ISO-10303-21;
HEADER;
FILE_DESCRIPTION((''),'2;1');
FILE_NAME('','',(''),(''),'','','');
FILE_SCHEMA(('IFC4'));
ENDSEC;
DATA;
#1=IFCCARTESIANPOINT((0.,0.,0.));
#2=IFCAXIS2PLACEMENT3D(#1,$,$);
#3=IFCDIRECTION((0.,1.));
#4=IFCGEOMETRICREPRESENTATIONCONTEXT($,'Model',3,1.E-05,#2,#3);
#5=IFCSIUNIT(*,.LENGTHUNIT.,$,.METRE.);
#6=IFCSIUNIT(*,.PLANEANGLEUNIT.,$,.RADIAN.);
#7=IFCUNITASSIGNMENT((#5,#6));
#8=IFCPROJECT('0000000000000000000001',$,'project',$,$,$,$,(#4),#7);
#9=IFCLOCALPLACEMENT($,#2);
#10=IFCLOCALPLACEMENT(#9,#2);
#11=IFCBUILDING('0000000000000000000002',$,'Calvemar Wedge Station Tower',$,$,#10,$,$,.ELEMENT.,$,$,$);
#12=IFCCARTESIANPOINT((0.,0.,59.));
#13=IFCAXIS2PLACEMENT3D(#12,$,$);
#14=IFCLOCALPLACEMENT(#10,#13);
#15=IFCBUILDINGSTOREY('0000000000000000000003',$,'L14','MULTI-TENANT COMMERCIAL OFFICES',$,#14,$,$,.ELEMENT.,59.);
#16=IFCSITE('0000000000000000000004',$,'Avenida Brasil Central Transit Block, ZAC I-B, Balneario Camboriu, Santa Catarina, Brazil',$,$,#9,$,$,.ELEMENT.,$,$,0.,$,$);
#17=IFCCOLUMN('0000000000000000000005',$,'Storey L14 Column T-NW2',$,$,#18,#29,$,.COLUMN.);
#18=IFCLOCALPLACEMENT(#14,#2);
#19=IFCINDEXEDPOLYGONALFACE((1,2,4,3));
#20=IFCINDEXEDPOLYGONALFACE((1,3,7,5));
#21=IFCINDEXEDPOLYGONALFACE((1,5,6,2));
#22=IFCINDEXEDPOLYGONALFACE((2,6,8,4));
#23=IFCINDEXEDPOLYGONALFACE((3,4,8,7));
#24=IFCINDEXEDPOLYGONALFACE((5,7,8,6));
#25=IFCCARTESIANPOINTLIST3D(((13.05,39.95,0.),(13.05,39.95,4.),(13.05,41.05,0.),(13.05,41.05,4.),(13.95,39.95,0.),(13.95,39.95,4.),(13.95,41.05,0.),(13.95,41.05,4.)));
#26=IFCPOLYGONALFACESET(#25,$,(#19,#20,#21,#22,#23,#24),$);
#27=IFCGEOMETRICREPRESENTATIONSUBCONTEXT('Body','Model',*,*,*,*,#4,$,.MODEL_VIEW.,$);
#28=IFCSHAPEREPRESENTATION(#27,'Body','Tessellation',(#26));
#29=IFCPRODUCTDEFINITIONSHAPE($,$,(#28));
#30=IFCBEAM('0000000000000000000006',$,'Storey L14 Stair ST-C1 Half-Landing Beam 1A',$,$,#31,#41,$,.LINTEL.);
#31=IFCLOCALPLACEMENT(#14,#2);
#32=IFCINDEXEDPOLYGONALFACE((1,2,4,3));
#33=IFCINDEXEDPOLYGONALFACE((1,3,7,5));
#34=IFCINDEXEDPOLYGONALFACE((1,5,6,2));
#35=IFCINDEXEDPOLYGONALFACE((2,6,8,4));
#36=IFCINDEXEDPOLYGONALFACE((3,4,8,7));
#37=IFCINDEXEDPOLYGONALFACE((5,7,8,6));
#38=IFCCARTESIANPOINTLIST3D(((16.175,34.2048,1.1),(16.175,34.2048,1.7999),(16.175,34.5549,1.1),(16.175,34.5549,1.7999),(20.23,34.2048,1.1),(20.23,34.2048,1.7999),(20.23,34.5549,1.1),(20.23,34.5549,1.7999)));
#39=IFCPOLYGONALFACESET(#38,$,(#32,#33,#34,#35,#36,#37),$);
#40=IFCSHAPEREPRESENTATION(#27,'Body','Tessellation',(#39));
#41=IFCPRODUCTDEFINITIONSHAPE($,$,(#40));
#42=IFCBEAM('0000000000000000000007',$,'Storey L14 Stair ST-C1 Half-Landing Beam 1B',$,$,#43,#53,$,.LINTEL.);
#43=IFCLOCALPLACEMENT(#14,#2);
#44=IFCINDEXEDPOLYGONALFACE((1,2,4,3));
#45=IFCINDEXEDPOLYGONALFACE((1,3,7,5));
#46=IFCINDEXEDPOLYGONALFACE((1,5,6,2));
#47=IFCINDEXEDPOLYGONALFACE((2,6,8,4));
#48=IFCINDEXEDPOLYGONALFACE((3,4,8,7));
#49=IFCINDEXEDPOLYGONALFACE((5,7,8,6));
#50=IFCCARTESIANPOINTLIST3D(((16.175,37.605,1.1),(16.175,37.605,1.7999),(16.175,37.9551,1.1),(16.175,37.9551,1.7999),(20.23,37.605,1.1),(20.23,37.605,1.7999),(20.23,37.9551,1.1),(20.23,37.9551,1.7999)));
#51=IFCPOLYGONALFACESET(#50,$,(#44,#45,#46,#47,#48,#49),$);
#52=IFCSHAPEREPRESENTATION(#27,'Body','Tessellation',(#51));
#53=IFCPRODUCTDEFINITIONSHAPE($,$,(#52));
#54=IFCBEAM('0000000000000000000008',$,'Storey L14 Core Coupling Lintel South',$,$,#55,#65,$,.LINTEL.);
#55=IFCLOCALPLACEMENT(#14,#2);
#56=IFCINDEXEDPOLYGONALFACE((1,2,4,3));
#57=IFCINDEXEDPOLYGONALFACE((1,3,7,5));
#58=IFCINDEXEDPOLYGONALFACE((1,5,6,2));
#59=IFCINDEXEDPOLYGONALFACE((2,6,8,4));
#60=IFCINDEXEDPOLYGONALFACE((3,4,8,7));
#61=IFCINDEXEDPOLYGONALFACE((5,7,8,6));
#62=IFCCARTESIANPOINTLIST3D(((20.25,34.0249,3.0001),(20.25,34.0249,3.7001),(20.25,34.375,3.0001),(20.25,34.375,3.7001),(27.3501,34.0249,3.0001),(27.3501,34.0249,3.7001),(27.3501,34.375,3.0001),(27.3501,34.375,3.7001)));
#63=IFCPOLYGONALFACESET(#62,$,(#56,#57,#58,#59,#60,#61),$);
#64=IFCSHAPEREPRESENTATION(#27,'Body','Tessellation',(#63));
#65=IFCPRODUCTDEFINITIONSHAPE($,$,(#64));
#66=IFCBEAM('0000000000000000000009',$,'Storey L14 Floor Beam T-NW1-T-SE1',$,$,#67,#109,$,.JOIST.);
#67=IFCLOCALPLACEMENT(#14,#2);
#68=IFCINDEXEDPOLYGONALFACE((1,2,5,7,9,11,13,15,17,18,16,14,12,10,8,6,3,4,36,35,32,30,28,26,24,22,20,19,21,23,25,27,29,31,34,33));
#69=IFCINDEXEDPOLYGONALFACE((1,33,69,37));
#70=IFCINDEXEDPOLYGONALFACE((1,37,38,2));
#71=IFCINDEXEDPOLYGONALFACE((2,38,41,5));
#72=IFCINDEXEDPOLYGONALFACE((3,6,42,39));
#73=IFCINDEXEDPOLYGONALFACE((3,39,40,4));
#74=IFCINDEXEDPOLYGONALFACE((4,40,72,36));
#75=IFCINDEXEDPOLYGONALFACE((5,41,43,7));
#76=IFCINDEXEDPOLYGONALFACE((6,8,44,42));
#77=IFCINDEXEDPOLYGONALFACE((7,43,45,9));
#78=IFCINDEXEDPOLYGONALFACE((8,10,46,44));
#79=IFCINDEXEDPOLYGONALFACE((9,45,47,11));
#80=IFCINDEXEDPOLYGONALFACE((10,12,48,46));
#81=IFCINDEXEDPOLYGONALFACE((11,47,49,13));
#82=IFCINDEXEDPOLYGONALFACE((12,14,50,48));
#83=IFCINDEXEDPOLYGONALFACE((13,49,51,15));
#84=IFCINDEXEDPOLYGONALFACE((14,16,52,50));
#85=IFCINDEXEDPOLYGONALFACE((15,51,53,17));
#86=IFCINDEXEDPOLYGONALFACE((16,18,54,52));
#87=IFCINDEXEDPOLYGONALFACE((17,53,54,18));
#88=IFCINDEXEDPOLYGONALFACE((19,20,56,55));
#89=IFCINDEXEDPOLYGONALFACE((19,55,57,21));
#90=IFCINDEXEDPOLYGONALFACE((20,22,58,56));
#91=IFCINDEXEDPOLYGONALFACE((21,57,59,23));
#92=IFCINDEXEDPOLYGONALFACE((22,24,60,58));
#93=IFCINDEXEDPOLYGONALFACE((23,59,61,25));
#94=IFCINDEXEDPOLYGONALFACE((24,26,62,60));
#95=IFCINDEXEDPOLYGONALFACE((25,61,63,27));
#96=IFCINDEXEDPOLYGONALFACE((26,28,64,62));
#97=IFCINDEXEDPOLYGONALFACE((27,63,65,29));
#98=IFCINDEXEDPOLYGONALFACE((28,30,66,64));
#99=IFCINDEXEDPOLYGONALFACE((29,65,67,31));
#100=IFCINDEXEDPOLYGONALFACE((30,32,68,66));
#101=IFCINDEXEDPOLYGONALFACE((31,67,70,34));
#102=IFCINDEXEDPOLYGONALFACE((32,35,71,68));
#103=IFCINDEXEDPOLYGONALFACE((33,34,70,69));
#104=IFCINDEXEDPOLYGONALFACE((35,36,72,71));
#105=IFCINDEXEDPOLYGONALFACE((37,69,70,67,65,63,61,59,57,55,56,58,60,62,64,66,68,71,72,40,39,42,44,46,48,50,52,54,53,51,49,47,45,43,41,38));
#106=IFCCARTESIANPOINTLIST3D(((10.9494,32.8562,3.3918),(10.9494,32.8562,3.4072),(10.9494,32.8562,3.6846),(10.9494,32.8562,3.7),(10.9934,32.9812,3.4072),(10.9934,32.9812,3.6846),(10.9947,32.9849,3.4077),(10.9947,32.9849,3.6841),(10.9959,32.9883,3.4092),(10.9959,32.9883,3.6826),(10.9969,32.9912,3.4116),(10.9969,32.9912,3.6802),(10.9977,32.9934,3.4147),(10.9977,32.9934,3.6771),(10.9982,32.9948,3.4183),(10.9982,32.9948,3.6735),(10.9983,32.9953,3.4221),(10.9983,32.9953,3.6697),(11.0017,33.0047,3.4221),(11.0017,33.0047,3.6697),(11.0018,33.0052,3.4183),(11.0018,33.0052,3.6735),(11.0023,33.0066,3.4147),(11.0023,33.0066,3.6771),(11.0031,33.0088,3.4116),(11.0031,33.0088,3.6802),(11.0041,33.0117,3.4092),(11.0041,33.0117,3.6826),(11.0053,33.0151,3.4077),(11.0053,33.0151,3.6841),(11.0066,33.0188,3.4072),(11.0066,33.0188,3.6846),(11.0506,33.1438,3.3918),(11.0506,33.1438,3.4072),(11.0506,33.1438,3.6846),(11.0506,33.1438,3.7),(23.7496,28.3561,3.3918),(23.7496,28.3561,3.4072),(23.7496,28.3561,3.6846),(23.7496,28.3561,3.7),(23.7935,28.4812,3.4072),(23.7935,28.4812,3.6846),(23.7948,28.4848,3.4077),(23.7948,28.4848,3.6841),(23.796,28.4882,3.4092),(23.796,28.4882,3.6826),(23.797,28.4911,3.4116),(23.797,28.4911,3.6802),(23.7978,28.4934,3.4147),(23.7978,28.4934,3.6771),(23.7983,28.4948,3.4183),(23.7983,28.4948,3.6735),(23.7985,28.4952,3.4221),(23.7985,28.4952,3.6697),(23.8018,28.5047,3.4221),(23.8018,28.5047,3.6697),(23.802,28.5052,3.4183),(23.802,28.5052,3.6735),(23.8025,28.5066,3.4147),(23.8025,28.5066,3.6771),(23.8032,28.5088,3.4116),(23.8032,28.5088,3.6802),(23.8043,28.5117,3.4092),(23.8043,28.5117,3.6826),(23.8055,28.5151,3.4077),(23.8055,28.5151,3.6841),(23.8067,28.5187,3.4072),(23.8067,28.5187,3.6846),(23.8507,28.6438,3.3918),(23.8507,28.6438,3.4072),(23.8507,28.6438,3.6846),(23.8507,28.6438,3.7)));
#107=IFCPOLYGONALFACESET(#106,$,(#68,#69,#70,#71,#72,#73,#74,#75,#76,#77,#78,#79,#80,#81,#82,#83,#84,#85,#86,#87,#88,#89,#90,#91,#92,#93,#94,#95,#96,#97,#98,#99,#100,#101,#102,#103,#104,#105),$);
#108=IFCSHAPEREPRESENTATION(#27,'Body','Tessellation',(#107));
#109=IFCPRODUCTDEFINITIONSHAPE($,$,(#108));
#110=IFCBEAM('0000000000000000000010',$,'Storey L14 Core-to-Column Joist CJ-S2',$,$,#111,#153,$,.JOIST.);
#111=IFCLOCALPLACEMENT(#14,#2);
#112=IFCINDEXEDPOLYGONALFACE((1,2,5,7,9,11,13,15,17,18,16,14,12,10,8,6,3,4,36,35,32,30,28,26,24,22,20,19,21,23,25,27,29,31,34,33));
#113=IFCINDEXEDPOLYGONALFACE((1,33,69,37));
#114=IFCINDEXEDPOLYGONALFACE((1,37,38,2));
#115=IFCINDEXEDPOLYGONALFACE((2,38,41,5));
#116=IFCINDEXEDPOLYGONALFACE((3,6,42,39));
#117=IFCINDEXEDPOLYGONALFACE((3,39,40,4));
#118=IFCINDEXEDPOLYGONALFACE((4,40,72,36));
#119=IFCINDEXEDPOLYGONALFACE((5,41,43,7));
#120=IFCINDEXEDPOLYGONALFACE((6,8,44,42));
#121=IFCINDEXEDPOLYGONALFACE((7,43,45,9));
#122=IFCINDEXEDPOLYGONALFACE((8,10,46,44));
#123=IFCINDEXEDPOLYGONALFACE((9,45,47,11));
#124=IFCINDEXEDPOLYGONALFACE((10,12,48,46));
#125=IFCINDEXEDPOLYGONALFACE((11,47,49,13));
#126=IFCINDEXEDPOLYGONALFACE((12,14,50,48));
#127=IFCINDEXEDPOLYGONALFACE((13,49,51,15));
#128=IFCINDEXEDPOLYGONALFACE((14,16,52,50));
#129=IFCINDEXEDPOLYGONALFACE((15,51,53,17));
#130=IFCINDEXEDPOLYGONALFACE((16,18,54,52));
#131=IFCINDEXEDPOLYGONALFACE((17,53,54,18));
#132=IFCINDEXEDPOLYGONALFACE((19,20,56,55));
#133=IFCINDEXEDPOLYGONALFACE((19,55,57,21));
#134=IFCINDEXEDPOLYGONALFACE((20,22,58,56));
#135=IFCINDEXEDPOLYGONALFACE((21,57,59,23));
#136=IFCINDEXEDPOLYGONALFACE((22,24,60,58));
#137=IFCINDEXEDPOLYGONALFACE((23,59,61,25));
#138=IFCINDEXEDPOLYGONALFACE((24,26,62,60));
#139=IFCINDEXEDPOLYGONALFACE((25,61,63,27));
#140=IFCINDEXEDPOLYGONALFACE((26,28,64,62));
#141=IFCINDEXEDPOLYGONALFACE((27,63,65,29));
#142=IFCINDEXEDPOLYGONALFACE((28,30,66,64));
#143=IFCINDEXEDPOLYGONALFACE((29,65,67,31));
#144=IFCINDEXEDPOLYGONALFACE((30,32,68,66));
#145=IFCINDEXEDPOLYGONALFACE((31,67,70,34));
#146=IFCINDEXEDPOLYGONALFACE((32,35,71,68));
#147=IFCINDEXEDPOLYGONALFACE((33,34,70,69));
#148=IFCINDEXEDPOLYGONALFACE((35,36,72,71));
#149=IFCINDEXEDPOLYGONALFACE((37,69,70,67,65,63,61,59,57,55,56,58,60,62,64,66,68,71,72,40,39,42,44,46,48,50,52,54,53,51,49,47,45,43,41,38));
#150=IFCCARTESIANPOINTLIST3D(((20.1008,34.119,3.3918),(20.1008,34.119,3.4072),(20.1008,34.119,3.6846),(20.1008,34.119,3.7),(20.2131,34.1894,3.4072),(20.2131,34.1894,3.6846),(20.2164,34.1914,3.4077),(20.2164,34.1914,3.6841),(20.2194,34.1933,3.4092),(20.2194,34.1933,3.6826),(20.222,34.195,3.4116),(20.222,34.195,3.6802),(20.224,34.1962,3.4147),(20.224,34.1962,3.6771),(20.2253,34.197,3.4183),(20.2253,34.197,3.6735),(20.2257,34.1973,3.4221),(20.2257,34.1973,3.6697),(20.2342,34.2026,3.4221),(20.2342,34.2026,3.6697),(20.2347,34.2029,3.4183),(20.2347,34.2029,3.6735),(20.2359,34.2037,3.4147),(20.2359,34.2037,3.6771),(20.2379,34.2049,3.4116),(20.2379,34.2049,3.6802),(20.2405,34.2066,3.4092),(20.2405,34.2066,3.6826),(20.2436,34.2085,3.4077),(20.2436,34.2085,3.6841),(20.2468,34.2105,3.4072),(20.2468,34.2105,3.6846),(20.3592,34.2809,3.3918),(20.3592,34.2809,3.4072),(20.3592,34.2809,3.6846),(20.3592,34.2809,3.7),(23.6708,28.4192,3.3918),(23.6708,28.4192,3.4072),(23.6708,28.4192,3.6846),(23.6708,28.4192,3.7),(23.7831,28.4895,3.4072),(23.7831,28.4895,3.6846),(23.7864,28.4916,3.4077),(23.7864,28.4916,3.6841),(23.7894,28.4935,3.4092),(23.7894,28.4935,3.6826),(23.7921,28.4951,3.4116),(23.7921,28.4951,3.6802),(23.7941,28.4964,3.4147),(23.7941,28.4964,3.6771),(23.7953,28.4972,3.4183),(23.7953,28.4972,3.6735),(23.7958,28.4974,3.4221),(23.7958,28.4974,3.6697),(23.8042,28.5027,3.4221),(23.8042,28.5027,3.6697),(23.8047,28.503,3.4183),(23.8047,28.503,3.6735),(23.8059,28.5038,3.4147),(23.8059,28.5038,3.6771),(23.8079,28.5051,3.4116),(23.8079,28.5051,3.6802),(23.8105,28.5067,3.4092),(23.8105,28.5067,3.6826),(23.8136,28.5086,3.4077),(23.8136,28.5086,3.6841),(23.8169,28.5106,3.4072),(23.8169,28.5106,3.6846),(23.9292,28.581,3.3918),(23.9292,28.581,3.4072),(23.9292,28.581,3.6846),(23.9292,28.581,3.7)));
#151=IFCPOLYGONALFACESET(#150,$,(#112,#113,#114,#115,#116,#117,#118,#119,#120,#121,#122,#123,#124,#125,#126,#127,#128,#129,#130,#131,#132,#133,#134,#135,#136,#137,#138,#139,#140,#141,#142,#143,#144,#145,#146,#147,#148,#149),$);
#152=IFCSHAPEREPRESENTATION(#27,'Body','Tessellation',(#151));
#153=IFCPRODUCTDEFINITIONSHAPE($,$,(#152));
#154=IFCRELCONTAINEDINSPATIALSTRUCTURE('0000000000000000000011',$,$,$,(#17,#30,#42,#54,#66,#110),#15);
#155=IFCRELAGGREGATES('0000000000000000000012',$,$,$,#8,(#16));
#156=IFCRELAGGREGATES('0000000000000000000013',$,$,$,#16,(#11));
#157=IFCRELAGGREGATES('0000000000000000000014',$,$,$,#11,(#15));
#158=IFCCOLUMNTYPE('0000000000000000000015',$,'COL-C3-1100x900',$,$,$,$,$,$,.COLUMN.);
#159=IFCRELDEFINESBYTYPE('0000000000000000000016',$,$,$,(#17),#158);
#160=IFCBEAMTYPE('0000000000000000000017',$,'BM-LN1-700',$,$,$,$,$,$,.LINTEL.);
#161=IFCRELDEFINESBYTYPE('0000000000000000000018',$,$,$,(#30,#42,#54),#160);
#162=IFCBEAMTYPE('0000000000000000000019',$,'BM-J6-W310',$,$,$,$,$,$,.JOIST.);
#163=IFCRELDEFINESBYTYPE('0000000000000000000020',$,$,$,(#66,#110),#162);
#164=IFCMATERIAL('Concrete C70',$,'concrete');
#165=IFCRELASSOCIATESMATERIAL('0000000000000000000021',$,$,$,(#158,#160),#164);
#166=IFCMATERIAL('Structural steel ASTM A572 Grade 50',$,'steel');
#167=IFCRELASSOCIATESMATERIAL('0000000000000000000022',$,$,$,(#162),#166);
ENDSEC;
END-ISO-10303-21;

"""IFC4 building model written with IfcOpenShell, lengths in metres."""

from ifc_helpers import new_model, si_unit, direction, frame, origin, origin_2d, place, context, subcontext, project, spatial, rectangle, i_section, extrude, source, transform, mapped, material, material_profile, profile_set, type_object, element, save


model = new_model("IFC4")

# Units and contexts
model_context = context("Model", 3, precision=1e-05, world=origin(), true_north=direction((0.0, 1.0)))
body_context = subcontext(model_context, "Body", "Model", "MODEL_VIEW")
ifc_project = project(units=[si_unit("LENGTHUNIT", "METRE"), si_unit("PLANEANGLEUNIT", "RADIAN")], contexts=[model_context])

# Site, building, storey
site_placement = place(None, origin())
site = spatial("IfcSite", under=ifc_project, at=site_placement, Name="Avenida Brasil Central Transit Block, ZAC I-B, Balneario Camboriu, Santa Catarina, Brazil", CompositionType="ELEMENT", RefElevation=0.0)
building_placement = place(site_placement, origin())
building = spatial("IfcBuilding", under=site, at=building_placement, Name="Calvemar Wedge Station Tower", CompositionType="ELEMENT")
storey_placement = place(building_placement, frame((0.0, 0.0, 59.0)))
storey = spatial("IfcBuildingStorey", under=building, at=storey_placement, Name="L14", Description="MULTI-TENANT COMMERCIAL OFFICES", CompositionType="ELEMENT", Elevation=59.0)

# Column
ifc_material_1 = material(Name="Concrete C70", Category="concrete")
ifc_material_profile_1 = material_profile(ifc_material_1, rectangle(XDim=0.8999, YDim=1.1001, at=origin_2d()), Name="RC1100x900")
ifc_profile_set_1 = profile_set([ifc_material_profile_1], Name="Concrete C70")
column_type = type_object("IfcColumnType", Name="COL-C3-1100x900", PredefinedType="COLUMN", material=ifc_profile_set_1)
shared_shape_1 = source(origin(), body_context, "Body", "SweptSolid", [
    extrude(rectangle(XDim=0.8999, YDim=1.1001, at=origin_2d()), origin(), (0.0, 0.0, 1.0), 4.0),
])
column_placement = place(storey_placement, frame((13.5, 40.5, 0.0), z_axis=(0.0, 0.0, 1.0), x_axis=(1.0, 0.0, 0.0)))
element("IfcColumn", 1, at=column_placement, inside=storey, type_object=column_type, Name="Storey L14 Column T-NW2", PredefinedType="COLUMN", context=body_context, shape_type="MappedRepresentation", body=[
    mapped(shared_shape_1, transform((0.0, 0.0, 0.0), scale=1.0)),
])

# Beams
ifc_material_profile_2 = material_profile(ifc_material_1, rectangle(XDim=0.3501, YDim=0.7, at=origin_2d()), Name="RC350x700")
ifc_profile_set_2 = profile_set([ifc_material_profile_2], Name="Concrete C70")
beam_type_1 = type_object("IfcBeamType", Name="BM-LN1-700", PredefinedType="LINTEL", material=ifc_profile_set_2)
shared_shape_2 = source(origin(), body_context, "Body", "SweptSolid", [
    extrude(rectangle(XDim=0.3501, YDim=0.7, at=origin_2d()), origin(), (0.0, 0.0, 1.0), 4.0549),
])
for number, where, z_axis, x_axis, name in (
    (2, (16.175, 34.3799, 1.45), (1.0, 0.0, 0.0), (0.0, 1.0, 0.0), "Storey L14 Stair ST-C1 Half-Landing Beam 1A"),
    (3, (16.175, 37.78, 1.45), (1.0, 0.0, 0.0), (0.0, 1.0, 0.0), "Storey L14 Stair ST-C1 Half-Landing Beam 1B"),
):
    element("IfcBeam", number, at=place(storey_placement, frame(where, z_axis=z_axis, x_axis=x_axis)), inside=storey, type_object=beam_type_1, Name=name, PredefinedType="LINTEL", context=body_context, shape_type="MappedRepresentation", body=[
        mapped(shared_shape_2, transform((0.0, 0.0, 0.0), scale=1.0)),
    ])
shared_shape_3 = source(origin(), body_context, "Body", "SweptSolid", [
    extrude(rectangle(XDim=0.3501, YDim=0.7, at=origin_2d()), origin(), (0.0, 0.0, 1.0), 7.1001),
])
beam_1_placement = place(storey_placement, frame((20.25, 34.2, 3.3501), z_axis=(1.0, 0.0, 0.0), x_axis=(0.0, 1.0, 0.0)))
element("IfcBeam", 4, at=beam_1_placement, inside=storey, type_object=beam_type_1, Name="Storey L14 Core Coupling Lintel South", PredefinedType="LINTEL", context=body_context, shape_type="MappedRepresentation", body=[
    mapped(shared_shape_3, transform((0.0, 0.0, 0.0), scale=1.0)),
])
ifc_material_2 = material(Name="Structural steel ASTM A572 Grade 50", Category="steel")
ifc_material_profile_3 = material_profile(ifc_material_2, i_section(OverallWidth=0.3049, OverallDepth=0.3081, WebThickness=0.01, FlangeThickness=0.0154, FilletRadius=0.0149, at=origin_2d()), Name="W310x97")
ifc_profile_set_3 = profile_set([ifc_material_profile_3], Name="Structural steel ASTM A572 Grade 50")
beam_type_2 = type_object("IfcBeamType", Name="BM-J6-W310", PredefinedType="JOIST", material=ifc_profile_set_3)
shared_shape_4 = source(origin(), body_context, "Body", "SweptSolid", [
    extrude(i_section(OverallWidth=0.3049, OverallDepth=0.3081, WebThickness=0.01, FlangeThickness=0.0154, FilletRadius=0.0149, at=origin_2d()), origin(), (0.0, 0.0, 1.0), 13.5681),
])
beam_2_placement = place(storey_placement, frame((11.0, 33.0, 3.5459), z_axis=(0.943398, -0.331662, 0.0), x_axis=(0.331662, 0.943398, 0.0)))
element("IfcBeam", 5, at=beam_2_placement, inside=storey, type_object=beam_type_2, Name="Storey L14 Floor Beam T-NW1-T-SE1", PredefinedType="JOIST", context=body_context, shape_type="MappedRepresentation", body=[
    mapped(shared_shape_4, transform((0.0, 0.0, 0.0), scale=1.0)),
])
shared_shape_5 = source(origin(), body_context, "Body", "SweptSolid", [
    extrude(i_section(OverallWidth=0.3049, OverallDepth=0.3081, WebThickness=0.01, FlangeThickness=0.0154, FilletRadius=0.0149, at=origin_2d()), origin(), (0.0, 0.0, 1.0), 6.7256),
])
beam_3_placement = place(storey_placement, frame((20.23, 34.2, 3.5459), z_axis=(0.530811, -0.84749, 0.0), x_axis=(0.84749, 0.530811, 0.0)))
element("IfcBeam", 6, at=beam_3_placement, inside=storey, type_object=beam_type_2, Name="Storey L14 Core-to-Column Joist CJ-S2", PredefinedType="JOIST", context=body_context, shape_type="MappedRepresentation", body=[
    mapped(shared_shape_5, transform((0.0, 0.0, 0.0), scale=1.0)),
])

save(model, "model.ifc")
